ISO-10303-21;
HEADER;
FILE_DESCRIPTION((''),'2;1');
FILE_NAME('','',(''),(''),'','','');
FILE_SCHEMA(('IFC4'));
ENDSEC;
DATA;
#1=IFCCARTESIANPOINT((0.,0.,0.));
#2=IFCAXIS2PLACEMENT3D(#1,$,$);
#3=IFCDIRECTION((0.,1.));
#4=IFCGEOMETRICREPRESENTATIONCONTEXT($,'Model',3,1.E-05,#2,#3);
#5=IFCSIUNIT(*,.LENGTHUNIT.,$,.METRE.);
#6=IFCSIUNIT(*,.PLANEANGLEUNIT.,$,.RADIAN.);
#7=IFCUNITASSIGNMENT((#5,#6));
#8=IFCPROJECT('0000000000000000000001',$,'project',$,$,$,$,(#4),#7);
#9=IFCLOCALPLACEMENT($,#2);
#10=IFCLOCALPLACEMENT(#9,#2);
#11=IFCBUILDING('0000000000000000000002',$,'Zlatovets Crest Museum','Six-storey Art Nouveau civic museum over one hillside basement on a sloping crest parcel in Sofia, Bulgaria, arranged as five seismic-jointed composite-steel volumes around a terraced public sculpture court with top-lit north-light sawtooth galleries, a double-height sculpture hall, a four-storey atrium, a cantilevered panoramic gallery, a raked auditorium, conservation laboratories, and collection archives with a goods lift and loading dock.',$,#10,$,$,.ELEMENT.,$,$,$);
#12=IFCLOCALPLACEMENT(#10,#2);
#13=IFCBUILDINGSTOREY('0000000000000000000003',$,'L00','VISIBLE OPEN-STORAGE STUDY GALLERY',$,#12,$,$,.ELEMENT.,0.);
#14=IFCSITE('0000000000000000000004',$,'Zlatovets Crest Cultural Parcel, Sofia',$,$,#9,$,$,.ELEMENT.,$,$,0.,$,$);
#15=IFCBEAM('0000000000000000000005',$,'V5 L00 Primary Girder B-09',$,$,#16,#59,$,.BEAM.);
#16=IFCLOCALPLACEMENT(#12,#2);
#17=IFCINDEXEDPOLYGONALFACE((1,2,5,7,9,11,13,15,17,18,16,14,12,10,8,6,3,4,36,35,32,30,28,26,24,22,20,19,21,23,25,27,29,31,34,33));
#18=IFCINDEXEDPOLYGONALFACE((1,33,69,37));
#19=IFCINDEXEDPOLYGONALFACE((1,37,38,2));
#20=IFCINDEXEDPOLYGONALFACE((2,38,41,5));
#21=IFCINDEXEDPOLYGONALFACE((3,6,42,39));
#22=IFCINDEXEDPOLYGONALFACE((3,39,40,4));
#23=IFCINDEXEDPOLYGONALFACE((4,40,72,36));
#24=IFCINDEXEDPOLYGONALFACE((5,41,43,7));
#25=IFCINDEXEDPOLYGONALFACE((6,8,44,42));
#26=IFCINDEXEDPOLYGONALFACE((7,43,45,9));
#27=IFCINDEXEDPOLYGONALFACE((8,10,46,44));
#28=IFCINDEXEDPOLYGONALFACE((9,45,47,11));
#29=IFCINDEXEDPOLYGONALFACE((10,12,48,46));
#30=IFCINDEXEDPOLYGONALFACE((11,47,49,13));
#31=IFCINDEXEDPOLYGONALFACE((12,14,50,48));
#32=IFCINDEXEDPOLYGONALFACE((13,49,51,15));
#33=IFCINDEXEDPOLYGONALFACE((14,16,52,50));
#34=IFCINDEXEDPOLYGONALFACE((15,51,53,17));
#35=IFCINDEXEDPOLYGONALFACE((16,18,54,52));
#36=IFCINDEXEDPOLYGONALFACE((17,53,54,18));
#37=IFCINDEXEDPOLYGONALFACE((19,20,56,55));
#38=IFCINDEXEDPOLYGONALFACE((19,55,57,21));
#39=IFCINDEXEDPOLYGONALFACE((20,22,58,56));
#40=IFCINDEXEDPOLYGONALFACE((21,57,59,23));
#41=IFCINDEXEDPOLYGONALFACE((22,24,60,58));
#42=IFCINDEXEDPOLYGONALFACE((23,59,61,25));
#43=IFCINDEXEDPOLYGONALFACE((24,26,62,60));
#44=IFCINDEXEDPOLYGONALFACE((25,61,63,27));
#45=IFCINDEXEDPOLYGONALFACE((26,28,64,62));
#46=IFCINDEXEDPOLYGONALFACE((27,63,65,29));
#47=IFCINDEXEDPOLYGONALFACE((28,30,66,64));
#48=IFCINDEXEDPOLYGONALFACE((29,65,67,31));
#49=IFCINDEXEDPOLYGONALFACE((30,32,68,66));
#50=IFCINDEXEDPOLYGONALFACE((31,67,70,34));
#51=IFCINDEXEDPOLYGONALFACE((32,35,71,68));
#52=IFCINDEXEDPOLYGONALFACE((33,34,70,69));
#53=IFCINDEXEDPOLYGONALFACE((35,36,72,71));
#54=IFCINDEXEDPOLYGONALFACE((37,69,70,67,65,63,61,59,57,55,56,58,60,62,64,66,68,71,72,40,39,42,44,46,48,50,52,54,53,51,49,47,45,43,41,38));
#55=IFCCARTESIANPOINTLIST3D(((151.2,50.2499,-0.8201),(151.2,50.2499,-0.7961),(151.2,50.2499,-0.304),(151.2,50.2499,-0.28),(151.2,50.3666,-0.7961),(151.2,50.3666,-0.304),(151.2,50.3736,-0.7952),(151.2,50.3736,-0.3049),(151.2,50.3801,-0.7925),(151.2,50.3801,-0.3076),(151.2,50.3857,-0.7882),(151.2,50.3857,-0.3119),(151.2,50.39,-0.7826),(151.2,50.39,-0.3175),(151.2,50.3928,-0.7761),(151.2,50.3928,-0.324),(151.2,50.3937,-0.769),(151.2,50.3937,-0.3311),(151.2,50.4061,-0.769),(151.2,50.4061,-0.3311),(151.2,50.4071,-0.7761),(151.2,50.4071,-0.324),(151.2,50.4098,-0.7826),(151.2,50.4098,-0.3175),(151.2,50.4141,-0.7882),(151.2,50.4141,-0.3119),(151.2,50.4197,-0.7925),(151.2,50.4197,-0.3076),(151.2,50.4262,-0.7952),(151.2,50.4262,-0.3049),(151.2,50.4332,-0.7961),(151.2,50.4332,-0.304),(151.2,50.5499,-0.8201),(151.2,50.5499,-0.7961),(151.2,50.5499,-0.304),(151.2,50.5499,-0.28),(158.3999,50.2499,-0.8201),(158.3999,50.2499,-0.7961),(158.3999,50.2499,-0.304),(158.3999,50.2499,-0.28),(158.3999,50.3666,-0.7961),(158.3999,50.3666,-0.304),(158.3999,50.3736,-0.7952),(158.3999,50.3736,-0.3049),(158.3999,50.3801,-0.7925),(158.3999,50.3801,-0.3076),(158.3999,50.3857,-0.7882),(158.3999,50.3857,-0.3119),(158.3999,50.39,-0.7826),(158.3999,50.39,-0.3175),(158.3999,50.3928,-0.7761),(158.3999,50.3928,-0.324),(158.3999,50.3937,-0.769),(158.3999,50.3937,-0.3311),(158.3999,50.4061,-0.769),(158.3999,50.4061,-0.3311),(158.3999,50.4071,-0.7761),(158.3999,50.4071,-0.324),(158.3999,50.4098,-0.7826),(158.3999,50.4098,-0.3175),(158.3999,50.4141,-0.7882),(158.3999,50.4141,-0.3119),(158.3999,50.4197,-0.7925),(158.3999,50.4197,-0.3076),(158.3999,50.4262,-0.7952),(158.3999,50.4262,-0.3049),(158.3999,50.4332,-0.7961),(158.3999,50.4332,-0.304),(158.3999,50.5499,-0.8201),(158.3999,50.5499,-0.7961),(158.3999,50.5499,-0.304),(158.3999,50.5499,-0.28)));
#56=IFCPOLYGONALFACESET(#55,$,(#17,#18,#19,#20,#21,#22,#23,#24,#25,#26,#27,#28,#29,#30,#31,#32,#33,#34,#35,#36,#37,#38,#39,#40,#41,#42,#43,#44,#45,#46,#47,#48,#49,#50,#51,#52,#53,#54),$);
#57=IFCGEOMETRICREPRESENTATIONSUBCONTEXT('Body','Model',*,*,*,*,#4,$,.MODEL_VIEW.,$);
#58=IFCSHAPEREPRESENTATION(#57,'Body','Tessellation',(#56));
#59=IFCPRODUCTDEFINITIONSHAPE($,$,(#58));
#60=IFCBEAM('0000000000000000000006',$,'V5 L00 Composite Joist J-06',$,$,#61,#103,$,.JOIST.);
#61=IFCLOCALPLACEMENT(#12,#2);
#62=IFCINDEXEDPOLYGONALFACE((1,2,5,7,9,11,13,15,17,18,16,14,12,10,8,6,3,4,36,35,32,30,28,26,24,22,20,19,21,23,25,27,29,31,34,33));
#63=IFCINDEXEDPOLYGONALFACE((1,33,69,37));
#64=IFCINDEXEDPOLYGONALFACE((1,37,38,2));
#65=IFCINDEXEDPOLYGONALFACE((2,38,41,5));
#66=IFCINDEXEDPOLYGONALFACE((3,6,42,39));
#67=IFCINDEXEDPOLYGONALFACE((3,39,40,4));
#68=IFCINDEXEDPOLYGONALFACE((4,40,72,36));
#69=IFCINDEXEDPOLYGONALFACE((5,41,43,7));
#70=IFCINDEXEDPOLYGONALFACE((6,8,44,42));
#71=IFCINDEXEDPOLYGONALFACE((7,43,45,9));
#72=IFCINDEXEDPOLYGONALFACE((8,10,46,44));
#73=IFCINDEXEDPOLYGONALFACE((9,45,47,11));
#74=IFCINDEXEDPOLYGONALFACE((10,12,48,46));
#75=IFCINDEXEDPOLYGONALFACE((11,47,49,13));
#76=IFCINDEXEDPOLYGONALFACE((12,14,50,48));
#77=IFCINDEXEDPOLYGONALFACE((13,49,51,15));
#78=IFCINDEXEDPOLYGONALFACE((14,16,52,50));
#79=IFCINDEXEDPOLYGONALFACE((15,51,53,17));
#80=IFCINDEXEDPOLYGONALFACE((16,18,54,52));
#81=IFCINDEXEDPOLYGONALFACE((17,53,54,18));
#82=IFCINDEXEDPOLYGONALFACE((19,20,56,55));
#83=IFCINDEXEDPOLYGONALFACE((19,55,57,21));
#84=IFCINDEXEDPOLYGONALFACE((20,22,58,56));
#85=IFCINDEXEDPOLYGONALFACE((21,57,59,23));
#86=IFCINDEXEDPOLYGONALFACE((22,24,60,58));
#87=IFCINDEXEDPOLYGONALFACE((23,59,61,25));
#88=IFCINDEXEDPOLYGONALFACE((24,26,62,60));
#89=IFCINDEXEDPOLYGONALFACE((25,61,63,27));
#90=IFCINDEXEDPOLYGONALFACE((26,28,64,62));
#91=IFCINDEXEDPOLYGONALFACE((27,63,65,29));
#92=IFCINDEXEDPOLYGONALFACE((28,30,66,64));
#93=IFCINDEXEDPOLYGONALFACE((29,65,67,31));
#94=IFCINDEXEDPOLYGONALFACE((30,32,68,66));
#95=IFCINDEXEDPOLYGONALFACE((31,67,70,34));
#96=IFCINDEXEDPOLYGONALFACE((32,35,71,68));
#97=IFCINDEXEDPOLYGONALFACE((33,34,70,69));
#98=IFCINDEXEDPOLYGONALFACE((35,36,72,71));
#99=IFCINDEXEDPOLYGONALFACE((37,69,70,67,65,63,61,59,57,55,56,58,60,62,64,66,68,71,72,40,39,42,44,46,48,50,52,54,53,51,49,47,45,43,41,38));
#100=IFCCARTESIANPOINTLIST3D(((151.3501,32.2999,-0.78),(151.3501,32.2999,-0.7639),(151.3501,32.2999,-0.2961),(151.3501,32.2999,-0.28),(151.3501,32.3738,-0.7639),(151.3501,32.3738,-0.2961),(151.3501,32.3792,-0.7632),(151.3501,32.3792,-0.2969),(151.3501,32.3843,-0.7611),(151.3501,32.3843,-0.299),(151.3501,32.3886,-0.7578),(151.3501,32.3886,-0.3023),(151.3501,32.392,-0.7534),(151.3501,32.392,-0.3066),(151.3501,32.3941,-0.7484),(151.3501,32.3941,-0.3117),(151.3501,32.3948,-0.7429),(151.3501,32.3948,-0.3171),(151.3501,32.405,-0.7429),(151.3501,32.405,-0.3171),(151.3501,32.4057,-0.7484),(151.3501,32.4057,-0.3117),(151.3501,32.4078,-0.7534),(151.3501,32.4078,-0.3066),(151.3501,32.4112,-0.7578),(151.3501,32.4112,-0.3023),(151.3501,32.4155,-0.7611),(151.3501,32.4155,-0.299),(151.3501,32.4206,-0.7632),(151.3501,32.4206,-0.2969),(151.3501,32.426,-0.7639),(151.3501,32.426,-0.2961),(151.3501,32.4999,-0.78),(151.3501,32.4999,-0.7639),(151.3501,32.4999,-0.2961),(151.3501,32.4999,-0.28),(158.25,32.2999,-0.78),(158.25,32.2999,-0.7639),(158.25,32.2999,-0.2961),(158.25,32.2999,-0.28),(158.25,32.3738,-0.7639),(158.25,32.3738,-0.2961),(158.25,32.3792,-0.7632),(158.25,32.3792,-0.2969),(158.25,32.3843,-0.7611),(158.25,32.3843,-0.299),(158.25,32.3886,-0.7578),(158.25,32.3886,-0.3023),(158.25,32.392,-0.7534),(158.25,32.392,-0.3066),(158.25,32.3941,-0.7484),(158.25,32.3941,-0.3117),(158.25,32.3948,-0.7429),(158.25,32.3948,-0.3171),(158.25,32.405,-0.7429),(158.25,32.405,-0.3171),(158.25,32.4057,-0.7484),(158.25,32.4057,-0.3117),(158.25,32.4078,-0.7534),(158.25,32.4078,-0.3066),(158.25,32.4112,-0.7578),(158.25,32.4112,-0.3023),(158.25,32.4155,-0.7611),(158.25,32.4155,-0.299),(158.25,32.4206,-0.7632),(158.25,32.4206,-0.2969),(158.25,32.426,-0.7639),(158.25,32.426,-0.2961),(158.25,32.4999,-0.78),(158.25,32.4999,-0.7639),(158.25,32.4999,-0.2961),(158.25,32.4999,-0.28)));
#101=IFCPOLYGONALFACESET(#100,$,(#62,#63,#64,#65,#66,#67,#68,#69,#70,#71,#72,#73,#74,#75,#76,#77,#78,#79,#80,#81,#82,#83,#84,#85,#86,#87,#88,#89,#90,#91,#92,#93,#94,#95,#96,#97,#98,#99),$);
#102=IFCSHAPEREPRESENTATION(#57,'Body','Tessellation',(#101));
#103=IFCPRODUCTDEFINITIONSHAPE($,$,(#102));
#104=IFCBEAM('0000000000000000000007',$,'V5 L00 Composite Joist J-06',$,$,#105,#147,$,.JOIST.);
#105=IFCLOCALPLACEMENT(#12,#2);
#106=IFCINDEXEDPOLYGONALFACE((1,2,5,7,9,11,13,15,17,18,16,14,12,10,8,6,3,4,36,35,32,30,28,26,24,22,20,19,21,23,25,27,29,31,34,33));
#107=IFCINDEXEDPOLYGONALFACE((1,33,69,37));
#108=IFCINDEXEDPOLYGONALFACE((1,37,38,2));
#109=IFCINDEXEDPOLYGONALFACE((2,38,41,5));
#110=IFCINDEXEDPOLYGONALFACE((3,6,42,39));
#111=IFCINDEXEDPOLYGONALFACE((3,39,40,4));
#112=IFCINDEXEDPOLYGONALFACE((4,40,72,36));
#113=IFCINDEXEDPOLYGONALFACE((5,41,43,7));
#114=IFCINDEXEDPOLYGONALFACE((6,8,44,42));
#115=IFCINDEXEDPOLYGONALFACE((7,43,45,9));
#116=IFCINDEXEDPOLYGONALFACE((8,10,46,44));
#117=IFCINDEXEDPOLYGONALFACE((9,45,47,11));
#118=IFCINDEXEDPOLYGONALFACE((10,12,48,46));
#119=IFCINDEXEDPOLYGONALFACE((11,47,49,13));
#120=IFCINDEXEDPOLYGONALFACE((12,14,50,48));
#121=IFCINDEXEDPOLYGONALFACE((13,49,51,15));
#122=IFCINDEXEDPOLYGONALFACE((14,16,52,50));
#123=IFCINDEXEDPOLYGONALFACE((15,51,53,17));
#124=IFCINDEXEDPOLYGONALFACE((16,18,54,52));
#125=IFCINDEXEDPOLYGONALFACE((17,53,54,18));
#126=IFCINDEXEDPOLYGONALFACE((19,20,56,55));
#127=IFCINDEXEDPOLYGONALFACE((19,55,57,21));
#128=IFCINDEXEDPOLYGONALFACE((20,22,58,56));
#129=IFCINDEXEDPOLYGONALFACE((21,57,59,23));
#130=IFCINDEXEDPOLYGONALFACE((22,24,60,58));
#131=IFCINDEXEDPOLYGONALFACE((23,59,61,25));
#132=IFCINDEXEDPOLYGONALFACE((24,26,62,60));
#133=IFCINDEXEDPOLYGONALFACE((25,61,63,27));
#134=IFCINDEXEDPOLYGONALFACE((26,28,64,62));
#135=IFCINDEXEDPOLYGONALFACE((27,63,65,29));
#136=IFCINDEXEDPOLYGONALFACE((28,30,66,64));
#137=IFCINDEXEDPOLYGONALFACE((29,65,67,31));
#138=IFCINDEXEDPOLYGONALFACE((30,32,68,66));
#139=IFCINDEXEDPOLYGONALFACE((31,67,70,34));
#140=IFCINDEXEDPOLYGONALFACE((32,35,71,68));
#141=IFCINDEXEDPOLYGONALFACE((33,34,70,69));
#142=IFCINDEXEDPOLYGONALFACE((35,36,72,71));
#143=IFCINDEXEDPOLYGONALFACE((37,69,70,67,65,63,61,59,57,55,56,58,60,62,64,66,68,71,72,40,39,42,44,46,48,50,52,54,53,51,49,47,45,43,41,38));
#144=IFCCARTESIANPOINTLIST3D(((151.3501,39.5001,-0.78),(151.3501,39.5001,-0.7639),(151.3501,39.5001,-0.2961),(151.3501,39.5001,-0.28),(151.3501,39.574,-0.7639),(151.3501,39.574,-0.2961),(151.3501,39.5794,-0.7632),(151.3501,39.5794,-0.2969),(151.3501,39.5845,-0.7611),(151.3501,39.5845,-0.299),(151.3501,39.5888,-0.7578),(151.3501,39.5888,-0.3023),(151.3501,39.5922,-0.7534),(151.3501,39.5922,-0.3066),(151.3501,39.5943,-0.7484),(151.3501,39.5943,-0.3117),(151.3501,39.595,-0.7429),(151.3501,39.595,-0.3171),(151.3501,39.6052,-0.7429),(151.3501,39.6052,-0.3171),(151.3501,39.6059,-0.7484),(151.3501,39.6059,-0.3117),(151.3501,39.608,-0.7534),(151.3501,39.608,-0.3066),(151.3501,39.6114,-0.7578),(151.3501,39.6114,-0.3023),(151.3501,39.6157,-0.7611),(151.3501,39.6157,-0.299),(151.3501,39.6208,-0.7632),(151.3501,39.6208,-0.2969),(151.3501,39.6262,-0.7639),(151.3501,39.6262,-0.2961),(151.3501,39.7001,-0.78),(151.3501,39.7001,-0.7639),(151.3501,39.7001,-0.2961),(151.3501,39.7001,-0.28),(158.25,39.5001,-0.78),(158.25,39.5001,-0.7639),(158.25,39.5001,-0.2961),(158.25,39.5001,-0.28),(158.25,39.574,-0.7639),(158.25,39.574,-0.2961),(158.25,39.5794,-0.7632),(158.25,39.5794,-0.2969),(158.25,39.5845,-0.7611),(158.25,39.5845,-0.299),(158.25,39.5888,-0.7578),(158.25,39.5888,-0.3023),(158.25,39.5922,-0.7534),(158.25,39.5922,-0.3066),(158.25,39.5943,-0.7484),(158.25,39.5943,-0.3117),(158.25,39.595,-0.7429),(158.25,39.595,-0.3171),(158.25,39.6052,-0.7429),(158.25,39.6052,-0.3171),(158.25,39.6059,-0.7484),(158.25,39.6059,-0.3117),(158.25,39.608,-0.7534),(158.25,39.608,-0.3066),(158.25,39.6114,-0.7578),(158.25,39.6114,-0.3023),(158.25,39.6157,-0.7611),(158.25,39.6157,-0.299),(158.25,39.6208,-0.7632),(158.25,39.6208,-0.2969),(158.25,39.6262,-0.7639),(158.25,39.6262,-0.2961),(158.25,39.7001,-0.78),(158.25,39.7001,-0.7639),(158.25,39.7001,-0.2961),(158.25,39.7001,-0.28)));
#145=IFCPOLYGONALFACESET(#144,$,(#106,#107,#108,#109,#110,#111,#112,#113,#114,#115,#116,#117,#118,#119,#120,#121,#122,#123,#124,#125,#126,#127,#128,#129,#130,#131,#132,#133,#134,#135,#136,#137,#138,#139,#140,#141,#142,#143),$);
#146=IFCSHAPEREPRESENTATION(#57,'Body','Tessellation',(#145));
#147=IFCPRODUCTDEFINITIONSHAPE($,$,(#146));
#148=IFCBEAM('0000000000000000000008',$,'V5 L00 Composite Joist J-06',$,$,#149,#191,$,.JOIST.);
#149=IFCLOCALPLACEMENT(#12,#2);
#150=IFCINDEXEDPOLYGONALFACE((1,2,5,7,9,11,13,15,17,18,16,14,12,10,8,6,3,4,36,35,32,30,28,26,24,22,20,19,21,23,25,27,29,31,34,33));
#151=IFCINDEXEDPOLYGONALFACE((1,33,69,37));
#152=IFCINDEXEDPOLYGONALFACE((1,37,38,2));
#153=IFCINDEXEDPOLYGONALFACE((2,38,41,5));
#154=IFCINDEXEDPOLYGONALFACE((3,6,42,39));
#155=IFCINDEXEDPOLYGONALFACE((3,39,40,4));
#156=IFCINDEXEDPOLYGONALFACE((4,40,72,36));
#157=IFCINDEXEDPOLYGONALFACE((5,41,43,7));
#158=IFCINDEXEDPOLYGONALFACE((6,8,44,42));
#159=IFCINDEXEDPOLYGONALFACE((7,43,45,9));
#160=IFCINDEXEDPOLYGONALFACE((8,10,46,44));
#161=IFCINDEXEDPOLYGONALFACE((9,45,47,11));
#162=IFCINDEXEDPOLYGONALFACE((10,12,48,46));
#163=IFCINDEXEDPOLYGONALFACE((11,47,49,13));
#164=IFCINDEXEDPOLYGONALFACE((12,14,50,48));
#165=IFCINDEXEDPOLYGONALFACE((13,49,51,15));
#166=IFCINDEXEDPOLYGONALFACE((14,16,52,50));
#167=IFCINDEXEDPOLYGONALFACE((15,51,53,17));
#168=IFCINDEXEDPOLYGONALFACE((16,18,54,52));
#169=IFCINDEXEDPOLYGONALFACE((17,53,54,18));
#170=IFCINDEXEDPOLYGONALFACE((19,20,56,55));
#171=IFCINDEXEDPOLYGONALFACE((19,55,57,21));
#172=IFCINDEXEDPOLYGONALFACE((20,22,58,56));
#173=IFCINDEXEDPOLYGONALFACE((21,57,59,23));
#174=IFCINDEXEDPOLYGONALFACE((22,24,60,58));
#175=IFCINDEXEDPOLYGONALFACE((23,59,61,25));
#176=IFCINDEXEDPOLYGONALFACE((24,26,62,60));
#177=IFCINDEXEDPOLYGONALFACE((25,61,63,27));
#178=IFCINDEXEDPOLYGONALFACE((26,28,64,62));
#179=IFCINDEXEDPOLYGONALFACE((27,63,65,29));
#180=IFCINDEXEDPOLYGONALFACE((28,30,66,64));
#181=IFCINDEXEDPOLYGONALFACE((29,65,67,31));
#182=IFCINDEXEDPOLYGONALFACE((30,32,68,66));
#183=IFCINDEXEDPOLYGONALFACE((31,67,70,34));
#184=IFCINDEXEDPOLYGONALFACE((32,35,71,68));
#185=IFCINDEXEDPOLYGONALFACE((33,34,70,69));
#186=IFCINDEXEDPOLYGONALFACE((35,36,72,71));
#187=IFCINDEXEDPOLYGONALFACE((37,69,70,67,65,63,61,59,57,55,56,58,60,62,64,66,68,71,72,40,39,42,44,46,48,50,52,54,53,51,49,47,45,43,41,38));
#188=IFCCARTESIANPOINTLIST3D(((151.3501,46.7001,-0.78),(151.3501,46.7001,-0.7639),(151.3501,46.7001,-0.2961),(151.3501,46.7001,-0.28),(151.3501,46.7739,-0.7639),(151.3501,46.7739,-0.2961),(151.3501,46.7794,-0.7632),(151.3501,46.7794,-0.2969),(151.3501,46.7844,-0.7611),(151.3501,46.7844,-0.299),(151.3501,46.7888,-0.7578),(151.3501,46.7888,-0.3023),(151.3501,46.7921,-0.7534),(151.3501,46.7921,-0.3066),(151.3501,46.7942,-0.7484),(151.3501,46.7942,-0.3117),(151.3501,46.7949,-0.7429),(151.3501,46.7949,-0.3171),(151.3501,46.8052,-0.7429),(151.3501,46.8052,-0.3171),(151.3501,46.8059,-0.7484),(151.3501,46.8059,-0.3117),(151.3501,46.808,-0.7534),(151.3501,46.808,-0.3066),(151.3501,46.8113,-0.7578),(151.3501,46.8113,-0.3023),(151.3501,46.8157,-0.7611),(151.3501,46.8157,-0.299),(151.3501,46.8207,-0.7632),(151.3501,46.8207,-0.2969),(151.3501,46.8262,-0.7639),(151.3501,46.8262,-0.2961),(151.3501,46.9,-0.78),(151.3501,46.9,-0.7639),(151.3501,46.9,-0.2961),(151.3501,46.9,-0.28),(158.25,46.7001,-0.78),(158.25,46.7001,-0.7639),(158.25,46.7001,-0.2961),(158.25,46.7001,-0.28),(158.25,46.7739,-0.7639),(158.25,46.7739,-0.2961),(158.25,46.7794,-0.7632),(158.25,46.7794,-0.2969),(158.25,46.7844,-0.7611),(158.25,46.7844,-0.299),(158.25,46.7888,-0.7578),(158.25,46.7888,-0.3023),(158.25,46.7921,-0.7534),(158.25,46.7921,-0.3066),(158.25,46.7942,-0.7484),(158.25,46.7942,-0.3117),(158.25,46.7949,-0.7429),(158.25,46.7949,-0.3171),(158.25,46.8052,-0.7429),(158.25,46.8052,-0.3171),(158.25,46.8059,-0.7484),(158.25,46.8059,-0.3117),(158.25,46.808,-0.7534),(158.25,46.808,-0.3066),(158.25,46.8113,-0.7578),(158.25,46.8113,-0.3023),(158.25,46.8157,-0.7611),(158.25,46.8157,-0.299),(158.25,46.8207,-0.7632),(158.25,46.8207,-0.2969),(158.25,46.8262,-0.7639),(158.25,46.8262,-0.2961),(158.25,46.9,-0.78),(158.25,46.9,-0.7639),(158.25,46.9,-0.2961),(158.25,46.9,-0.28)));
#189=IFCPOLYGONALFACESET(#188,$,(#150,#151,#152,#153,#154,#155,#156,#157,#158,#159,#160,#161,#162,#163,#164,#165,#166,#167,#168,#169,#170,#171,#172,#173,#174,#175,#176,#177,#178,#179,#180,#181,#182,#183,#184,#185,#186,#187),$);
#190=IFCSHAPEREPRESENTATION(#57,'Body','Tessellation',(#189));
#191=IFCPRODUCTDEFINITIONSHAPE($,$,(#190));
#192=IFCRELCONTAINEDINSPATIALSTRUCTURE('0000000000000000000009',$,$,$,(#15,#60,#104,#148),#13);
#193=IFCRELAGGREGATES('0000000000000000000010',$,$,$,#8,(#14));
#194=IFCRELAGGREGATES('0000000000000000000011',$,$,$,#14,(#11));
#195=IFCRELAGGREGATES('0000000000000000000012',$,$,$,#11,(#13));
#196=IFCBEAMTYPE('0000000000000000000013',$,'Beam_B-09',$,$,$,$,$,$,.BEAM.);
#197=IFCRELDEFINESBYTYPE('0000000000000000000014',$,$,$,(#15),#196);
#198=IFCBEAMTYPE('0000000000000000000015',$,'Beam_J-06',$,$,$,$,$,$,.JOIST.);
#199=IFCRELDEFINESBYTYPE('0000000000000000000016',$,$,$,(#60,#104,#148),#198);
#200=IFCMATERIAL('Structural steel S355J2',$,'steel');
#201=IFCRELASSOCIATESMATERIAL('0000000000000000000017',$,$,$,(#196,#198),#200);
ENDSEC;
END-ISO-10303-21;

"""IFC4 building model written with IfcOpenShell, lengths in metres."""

from ifc_helpers import new_model, si_unit, direction, frame, origin, origin_2d, place, context, subcontext, project, spatial, i_section, extrude, material, material_profile, profile_set, type_object, element, save


model = new_model("IFC4")

# Units and contexts
model_context = context("Model", 3, precision=1e-05, world=origin(), true_north=direction((0.0, 1.0)))
body_context = subcontext(model_context, "Body", "Model", "MODEL_VIEW")
ifc_project = project(units=[si_unit("LENGTHUNIT", "METRE"), si_unit("PLANEANGLEUNIT", "RADIAN")], contexts=[model_context])

# Site, building, storey
site_placement = place(None, origin())
site = spatial("IfcSite", under=ifc_project, at=site_placement, Name="Zlatovets Crest Cultural Parcel, Sofia", CompositionType="ELEMENT", RefElevation=0.0)
building_placement = place(site_placement, origin())
building = spatial("IfcBuilding", under=site, at=building_placement, Name="Zlatovets Crest Museum", Description="Six-storey Art Nouveau civic museum over one hillside basement on a sloping crest parcel in Sofia, Bulgaria, arranged as five seismic-jointed composite-steel volumes around a terraced public sculpture court with top-lit north-light sawtooth galleries, a double-height sculpture hall, a four-storey atrium, a cantilevered panoramic gallery, a raked auditorium, conservation laboratories, and collection archives with a goods lift and loading dock.", CompositionType="ELEMENT")
storey_placement = place(building_placement, origin())
storey = spatial("IfcBuildingStorey", under=building, at=storey_placement, Name="L00", Description="VISIBLE OPEN-STORAGE STUDY GALLERY", CompositionType="ELEMENT", Elevation=0.0)

# Shared definitions
ifc_material_1 = material(Name="Structural steel S355J2", Category="steel")

# Beams
ifc_material_profile_1 = material_profile(ifc_material_1, i_section(OverallWidth=0.3, OverallDepth=0.54, WebThickness=0.0125, FlangeThickness=0.0239, FilletRadius=0.0271, at=origin_2d()), Name="HEA 550")
ifc_profile_set_1 = profile_set([ifc_material_profile_1], Name="Structural steel S355J2")
beam_type_1 = type_object("IfcBeamType", Name="Beam_B-09", PredefinedType="BEAM", material=ifc_profile_set_1)
beam_1_placement = place(storey_placement, frame((151.2, 50.3999, -0.55), z_axis=(1.0, 0.0, 0.0), x_axis=(0.0, 1.0, 0.0)))
element("IfcBeam", 1, at=beam_1_placement, inside=storey, type_object=beam_type_1, Name="V5 L00 Primary Girder B-09", PredefinedType="BEAM", context=body_context, shape_type="SweptSolid", body=[
    extrude(i_section(OverallWidth=0.3, OverallDepth=0.54, WebThickness=0.0125, FlangeThickness=0.0239, FilletRadius=0.0271, at=origin_2d()), origin(), (0.0, 0.0, 1.0), 7.2),
])
ifc_material_profile_2 = material_profile(ifc_material_1, i_section(OverallWidth=0.2, OverallDepth=0.5, WebThickness=0.0103, FlangeThickness=0.0161, FilletRadius=0.021, at=origin_2d()), Name="IPE 500")
ifc_profile_set_2 = profile_set([ifc_material_profile_2], Name="Structural steel S355J2")
beam_type_2 = type_object("IfcBeamType", Name="Beam_J-06", PredefinedType="JOIST", material=ifc_profile_set_2)
for number, where, z_axis, x_axis, name in (
    (2, (151.3501, 32.3999, -0.53), (1.0, 0.0, 0.0), (0.0, 1.0, 0.0), "V5 L00 Composite Joist J-06"),
    (3, (151.3501, 39.6001, -0.53), (1.0, 0.0, 0.0), (0.0, 1.0, 0.0), "V5 L00 Composite Joist J-06"),
    (4, (151.3501, 46.8, -0.53), (1.0, 0.0, 0.0), (0.0, 1.0, 0.0), "V5 L00 Composite Joist J-06"),
):
    element("IfcBeam", number, at=place(storey_placement, frame(where, z_axis=z_axis, x_axis=x_axis)), inside=storey, type_object=beam_type_2, Name=name, PredefinedType="JOIST", context=body_context, shape_type="SweptSolid", body=[
        extrude(i_section(OverallWidth=0.2, OverallDepth=0.5, WebThickness=0.0103, FlangeThickness=0.0161, FilletRadius=0.021, at=origin_2d()), origin(), (0.0, 0.0, 1.0), 6.8999),
    ])

save(model, "model.ifc")
